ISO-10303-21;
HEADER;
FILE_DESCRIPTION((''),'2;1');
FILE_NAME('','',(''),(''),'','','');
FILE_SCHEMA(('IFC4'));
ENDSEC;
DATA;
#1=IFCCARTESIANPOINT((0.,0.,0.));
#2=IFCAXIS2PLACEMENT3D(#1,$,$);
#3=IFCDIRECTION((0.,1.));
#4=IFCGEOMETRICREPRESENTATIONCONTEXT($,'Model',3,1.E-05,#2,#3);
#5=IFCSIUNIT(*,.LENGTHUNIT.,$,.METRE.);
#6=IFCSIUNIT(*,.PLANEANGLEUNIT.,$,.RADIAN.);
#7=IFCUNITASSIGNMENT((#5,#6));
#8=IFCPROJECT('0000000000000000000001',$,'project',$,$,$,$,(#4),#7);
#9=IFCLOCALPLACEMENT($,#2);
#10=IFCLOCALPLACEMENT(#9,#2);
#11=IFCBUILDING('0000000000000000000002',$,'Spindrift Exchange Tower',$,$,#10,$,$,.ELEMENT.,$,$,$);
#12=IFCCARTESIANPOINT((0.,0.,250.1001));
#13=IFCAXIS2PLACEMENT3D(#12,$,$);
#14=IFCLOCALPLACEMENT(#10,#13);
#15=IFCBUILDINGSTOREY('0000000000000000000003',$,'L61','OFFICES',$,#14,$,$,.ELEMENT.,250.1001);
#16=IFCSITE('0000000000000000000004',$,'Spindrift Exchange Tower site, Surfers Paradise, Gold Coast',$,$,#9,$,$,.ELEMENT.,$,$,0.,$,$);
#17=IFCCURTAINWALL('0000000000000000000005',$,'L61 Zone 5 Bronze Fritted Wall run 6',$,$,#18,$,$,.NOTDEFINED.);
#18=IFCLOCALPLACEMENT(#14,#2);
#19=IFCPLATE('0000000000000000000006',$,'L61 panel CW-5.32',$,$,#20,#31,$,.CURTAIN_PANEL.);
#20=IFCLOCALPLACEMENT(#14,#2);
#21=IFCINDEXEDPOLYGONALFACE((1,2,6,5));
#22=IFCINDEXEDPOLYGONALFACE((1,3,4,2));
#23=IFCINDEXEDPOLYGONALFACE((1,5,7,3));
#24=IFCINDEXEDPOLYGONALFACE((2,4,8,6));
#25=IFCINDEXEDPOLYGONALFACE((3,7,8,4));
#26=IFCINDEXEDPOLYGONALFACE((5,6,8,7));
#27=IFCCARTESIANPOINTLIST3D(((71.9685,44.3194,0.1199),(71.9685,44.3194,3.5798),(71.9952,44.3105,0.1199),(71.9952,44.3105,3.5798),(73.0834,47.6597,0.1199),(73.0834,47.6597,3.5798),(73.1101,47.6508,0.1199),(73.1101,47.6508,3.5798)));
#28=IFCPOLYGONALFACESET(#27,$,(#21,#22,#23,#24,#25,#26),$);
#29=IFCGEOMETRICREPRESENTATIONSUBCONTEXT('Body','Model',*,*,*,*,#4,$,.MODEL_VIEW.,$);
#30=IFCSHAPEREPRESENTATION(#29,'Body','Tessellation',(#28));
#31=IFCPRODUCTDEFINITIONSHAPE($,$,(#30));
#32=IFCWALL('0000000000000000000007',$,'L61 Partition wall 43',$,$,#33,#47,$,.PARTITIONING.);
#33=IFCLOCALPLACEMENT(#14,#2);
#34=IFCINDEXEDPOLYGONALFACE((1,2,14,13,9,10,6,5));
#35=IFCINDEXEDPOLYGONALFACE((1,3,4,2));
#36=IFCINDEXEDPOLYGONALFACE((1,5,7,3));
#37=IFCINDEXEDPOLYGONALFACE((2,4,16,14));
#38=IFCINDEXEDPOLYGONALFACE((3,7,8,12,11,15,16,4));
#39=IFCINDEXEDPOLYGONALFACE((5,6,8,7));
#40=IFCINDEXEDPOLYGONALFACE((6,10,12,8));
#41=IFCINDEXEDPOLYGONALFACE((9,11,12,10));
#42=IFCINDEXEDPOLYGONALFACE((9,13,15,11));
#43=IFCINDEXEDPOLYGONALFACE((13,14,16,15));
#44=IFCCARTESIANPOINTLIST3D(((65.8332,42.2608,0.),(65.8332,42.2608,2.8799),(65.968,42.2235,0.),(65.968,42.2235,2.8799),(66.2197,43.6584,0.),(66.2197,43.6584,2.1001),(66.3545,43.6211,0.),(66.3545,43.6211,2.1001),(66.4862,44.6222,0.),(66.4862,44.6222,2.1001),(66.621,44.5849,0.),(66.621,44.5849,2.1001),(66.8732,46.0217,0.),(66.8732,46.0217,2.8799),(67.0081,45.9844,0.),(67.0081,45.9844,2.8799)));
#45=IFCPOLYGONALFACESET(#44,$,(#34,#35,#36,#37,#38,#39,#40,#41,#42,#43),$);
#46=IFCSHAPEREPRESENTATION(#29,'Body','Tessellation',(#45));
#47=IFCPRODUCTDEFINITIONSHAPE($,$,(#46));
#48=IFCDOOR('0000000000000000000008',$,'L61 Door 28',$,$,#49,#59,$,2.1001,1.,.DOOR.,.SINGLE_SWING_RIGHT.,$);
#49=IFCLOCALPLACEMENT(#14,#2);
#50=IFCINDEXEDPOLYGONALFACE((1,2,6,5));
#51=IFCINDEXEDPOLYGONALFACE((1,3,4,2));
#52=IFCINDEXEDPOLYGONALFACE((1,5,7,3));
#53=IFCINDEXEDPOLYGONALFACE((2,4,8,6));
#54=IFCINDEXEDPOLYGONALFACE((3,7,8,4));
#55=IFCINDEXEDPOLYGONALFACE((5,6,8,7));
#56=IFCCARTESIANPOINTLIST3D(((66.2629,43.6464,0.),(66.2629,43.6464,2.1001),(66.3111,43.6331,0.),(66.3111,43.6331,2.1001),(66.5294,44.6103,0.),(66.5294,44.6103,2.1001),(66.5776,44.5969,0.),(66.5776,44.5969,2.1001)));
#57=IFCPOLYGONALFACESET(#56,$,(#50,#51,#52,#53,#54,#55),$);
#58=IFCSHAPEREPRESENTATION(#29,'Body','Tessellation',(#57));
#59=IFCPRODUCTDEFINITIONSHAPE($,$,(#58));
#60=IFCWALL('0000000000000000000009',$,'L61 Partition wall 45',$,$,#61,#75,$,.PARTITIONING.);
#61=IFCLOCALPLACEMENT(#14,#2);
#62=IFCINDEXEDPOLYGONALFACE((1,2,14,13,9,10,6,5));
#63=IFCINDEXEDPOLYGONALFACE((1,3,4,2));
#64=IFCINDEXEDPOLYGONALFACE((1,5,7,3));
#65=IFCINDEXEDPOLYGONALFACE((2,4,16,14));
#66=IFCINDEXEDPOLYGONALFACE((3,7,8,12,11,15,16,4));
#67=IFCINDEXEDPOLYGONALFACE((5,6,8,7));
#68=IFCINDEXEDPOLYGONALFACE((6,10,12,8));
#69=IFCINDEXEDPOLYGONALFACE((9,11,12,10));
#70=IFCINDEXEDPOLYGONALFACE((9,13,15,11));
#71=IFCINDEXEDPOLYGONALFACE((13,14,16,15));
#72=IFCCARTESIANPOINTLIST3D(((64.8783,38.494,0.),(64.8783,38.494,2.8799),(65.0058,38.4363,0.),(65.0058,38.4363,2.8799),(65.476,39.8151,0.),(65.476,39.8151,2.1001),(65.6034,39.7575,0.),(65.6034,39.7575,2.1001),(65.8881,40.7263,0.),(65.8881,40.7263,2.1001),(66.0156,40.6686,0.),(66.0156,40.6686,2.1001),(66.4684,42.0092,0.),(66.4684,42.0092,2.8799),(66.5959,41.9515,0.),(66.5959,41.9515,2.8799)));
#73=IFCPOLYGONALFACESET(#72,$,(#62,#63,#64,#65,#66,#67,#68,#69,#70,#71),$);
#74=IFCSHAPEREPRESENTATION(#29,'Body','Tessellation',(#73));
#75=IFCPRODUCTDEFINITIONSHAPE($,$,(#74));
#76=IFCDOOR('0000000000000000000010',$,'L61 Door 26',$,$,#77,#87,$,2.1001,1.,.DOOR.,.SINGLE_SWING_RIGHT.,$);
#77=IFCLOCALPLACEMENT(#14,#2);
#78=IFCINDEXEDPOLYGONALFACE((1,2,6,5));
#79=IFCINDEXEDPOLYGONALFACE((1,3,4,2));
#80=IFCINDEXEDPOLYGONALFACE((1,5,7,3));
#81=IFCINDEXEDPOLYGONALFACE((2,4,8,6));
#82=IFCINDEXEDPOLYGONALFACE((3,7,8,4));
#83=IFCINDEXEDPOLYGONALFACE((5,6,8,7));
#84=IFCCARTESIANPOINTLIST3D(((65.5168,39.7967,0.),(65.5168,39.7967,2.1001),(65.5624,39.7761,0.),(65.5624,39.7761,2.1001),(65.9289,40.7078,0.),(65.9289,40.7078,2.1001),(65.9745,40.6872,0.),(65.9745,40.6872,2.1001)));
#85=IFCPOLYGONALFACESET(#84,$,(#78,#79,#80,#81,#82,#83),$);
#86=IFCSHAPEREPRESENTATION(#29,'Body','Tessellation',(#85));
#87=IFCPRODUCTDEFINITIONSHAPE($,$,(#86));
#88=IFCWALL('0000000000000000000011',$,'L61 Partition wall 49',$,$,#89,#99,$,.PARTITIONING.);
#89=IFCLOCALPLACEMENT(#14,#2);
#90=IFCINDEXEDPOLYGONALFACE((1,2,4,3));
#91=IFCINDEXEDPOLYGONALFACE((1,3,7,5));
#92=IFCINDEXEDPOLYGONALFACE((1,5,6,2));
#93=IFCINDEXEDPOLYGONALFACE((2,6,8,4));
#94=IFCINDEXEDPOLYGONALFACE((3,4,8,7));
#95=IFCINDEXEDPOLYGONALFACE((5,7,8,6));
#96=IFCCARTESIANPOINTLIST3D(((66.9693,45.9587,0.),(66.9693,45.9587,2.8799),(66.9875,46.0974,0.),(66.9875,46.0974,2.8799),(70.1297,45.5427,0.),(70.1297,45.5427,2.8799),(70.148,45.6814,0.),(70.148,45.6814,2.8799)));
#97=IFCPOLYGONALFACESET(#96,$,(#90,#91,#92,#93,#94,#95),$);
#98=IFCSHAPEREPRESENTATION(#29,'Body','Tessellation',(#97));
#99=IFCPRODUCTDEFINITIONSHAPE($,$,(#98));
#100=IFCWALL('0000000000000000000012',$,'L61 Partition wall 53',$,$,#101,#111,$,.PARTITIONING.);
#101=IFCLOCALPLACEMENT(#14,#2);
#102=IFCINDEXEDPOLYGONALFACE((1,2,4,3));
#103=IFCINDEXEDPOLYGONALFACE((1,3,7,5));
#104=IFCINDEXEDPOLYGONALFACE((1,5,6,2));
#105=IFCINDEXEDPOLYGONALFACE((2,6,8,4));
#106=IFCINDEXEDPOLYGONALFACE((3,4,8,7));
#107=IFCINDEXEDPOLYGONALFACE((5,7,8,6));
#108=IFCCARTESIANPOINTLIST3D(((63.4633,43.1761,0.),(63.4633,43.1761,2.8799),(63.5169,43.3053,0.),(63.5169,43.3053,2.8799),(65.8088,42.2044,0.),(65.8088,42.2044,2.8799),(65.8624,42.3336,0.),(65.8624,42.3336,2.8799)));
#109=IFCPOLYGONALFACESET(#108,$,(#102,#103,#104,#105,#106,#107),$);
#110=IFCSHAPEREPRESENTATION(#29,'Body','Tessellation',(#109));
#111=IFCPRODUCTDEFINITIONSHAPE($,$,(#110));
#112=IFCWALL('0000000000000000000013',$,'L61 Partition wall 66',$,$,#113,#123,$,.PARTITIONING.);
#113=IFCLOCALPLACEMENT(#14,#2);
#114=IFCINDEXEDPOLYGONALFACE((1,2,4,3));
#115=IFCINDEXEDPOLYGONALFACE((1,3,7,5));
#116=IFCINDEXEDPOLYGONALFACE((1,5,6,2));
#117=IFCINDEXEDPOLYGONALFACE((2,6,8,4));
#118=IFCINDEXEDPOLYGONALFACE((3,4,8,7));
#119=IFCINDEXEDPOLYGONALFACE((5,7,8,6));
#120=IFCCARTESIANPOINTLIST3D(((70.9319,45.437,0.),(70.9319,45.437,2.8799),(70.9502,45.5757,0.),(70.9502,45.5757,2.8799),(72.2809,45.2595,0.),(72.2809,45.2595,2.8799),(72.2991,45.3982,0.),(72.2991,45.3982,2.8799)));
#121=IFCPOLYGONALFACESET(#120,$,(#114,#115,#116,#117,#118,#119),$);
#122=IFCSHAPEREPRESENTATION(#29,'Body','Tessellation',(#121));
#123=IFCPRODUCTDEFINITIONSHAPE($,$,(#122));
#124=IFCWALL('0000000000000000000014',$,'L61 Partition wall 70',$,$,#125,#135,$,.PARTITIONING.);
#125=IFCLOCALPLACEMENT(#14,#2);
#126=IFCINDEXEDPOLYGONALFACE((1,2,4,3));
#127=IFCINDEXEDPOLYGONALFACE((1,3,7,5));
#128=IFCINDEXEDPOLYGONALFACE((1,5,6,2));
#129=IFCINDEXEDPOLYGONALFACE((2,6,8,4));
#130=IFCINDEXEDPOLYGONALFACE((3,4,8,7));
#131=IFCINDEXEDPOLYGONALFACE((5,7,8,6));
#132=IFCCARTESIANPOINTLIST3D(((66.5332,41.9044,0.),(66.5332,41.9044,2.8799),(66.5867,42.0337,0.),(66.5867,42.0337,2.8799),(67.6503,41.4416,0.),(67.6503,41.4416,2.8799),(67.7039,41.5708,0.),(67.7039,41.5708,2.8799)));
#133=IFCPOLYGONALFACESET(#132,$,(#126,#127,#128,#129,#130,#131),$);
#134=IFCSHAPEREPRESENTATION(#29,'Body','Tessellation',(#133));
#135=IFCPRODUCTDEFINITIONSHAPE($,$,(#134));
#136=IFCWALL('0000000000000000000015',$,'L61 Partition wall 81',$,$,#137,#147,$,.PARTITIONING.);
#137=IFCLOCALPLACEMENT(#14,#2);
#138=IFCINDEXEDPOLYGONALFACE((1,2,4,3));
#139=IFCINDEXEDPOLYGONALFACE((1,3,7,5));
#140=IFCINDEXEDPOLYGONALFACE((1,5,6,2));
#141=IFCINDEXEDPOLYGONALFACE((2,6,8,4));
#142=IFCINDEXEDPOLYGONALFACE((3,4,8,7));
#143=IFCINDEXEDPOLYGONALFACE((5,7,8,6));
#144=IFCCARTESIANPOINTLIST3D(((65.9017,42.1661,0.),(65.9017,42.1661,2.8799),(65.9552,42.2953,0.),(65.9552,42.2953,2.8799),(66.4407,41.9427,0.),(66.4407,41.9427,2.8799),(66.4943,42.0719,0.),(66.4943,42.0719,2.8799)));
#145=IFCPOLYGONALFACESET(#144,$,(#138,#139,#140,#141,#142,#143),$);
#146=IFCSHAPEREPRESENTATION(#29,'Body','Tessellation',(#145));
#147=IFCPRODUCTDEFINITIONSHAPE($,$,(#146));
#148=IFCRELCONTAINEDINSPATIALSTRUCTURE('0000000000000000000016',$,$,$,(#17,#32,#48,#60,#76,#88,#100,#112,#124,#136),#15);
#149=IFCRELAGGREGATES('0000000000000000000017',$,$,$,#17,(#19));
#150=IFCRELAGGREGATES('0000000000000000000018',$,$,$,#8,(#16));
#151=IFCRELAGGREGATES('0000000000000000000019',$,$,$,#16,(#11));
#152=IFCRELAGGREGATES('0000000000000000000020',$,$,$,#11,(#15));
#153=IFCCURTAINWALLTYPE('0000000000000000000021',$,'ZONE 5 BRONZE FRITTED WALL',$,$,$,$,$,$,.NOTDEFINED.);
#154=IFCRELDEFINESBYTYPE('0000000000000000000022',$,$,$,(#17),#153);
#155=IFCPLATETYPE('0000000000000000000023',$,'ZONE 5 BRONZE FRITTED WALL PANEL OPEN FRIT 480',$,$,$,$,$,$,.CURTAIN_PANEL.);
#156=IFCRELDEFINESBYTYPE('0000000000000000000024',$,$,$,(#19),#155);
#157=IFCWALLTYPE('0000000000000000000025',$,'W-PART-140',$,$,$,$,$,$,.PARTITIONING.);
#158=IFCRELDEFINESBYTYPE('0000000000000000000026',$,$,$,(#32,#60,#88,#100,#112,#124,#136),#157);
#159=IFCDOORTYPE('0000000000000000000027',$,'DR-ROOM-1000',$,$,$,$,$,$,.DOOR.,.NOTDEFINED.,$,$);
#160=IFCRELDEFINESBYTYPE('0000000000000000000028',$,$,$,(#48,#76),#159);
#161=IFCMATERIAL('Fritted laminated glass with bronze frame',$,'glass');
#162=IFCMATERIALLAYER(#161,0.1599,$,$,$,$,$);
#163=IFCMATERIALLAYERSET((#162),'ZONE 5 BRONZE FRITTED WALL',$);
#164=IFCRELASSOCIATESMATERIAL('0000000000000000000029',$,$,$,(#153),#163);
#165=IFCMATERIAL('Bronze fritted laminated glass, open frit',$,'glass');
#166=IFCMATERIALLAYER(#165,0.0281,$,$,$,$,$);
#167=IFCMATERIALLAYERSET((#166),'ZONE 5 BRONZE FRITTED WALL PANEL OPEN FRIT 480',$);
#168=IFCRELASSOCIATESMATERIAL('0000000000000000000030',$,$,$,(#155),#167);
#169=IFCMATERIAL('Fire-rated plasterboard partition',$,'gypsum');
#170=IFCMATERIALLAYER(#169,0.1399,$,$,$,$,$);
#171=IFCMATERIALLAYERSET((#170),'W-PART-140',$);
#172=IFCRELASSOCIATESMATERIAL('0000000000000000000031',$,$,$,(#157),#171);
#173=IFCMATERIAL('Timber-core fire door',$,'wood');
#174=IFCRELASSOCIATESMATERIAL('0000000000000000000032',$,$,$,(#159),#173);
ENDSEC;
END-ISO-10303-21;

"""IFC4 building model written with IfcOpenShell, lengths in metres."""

from ifc_helpers import new_model, si_unit, direction, frame, frame_2d, origin, origin_2d, place, context, subcontext, project, spatial, rectangle, extrude, source, transform, mapped, material, layer, layer_set, type_object, element, fill, aggregate, save


model = new_model("IFC4")

# Units and contexts
model_context = context("Model", 3, precision=1e-05, world=origin(), true_north=direction((0.0, 1.0)))
body_context = subcontext(model_context, "Body", "Model", "MODEL_VIEW")
ifc_project = project(units=[si_unit("LENGTHUNIT", "METRE"), si_unit("PLANEANGLEUNIT", "RADIAN")], contexts=[model_context])

# Site, building, storey
site_placement = place(None, origin())
site = spatial("IfcSite", under=ifc_project, at=site_placement, Name="Spindrift Exchange Tower site, Surfers Paradise, Gold Coast", CompositionType="ELEMENT", RefElevation=0.0)
building_placement = place(site_placement, origin())
building = spatial("IfcBuilding", under=site, at=building_placement, Name="Spindrift Exchange Tower", CompositionType="ELEMENT")
storey_placement = place(building_placement, frame((0.0, 0.0, 250.1001)))
storey = spatial("IfcBuildingStorey", under=building, at=storey_placement, Name="L61", Description="OFFICES", CompositionType="ELEMENT", Elevation=250.1001)

# Curtain wall, plate
ifc_material_1 = material(Name="Fritted laminated glass with bronze frame", Category="glass")
ifc_layer_1 = layer(ifc_material_1, 0.1599)
ifc_layer_set_1 = layer_set([ifc_layer_1], Name="ZONE 5 BRONZE FRITTED WALL")
curtain_wall_type = type_object("IfcCurtainWallType", Name="ZONE 5 BRONZE FRITTED WALL", PredefinedType="NOTDEFINED", material=ifc_layer_set_1)
curtain_wall_placement = place(storey_placement, origin())
curtain_wall = element("IfcCurtainWall", 1, at=curtain_wall_placement, inside=storey, type_object=curtain_wall_type, Name="L61 Zone 5 Bronze Fritted Wall run 6", PredefinedType="NOTDEFINED")
ifc_material_2 = material(Name="Bronze fritted laminated glass, open frit", Category="glass")
ifc_layer_2 = layer(ifc_material_2, 0.0281)
ifc_layer_set_2 = layer_set([ifc_layer_2], Name="ZONE 5 BRONZE FRITTED WALL PANEL OPEN FRIT 480")
plate_type_1 = type_object("IfcPlateType", Name="ZONE 5 BRONZE FRITTED WALL PANEL OPEN FRIT 480", PredefinedType="CURTAIN_PANEL", material=ifc_layer_set_2)
shared_shape_1 = source(origin(), body_context, "Body", "SweptSolid", [
    extrude(rectangle(XDim=3.5215, YDim=0.0281, at=origin_2d()), origin(), (0.0, 0.0, 1.0), 3.46),
])
plate_1_placement = place(storey_placement, frame((72.5393, 45.9851, 0.1199), z_axis=(0.0, 0.0, 1.0), x_axis=(0.316596, 0.94856, 0.0)))
plate_1 = element("IfcPlate", 2, at=plate_1_placement, type_object=plate_type_1, Name="L61 panel CW-5.32", PredefinedType="CURTAIN_PANEL", context=body_context, shape_type="MappedRepresentation", body=[
    mapped(shared_shape_1, transform((0.0, 0.0, 0.0), scale=1.0)),
])
aggregate(curtain_wall, [plate_1])

# Walls, openings, doors
ifc_material_3 = material(Name="Fire-rated plasterboard partition", Category="gypsum")
ifc_layer_3 = layer(ifc_material_3, 0.1399)
ifc_layer_set_3 = layer_set([ifc_layer_3], Name="W-PART-140")
wall_type = type_object("IfcWallType", Name="W-PART-140", PredefinedType="PARTITIONING", material=ifc_layer_set_3)
wall_1_placement = place(storey_placement, frame((66.9407, 46.0032, 0.0), z_axis=(0.0, 0.0, 1.0), x_axis=(-0.26653, -0.963827, 0.0)))
wall_1 = element("IfcWall", 3, at=wall_1_placement, inside=storey, type_object=wall_type, Name="L61 Partition wall 43", PredefinedType="PARTITIONING", context=body_context, shape_type="SweptSolid", body=[
    extrude(rectangle(XDim=3.9021, YDim=0.1399, at=frame_2d((1.9512, 0.0))), origin(), (0.0, 0.0, 1.0), 2.8799),
])
opening_1_placement = place(wall_1_placement, frame((1.4521, 0.0, 0.0)))
opening_1 = element("IfcOpeningElement", 4, at=opening_1_placement, cuts=wall_1, PredefinedType="OPENING", context=body_context, shape_type="SweptSolid", body=[
    extrude(rectangle(XDim=1.0, YDim=2.1001, at=frame_2d((0.5, 1.05))), frame((0.0, 0.0798, 0.0), z_axis=(0.0, -1.0, 0.0), x_axis=(1.0, 0.0, 0.0)), (0.0, 0.0, 1.0), 0.1599),
])
ifc_material_4 = material(Name="Timber-core fire door", Category="wood")
door_type = type_object("IfcDoorType", Name="DR-ROOM-1000", OperationType="NOTDEFINED", PredefinedType="DOOR", material=ifc_material_4)
shared_shape_2 = source(origin(), body_context, "Body", "SweptSolid", [
    extrude(rectangle(XDim=1.0, YDim=2.1001, at=frame_2d((0.5, 1.05))), frame((0.0, 0.0249, 0.0), z_axis=(0.0, -1.0, 0.0), x_axis=(1.0, 0.0, 0.0)), (0.0, 0.0, 1.0), 0.05),
])
door_1_placement = place(opening_1_placement, origin())
door_1 = element("IfcDoor", 5, at=door_1_placement, inside=storey, type_object=door_type, Name="L61 Door 28", OperationType="SINGLE_SWING_RIGHT", OverallHeight=2.1001, OverallWidth=1.0, PredefinedType="DOOR", context=body_context, shape_type="MappedRepresentation", body=[
    mapped(shared_shape_2, transform((0.0, 0.0, 0.0), scale=1.0)),
])
fill(opening_1, door_1)
wall_2_placement = place(storey_placement, frame((66.5322, 41.9805, 0.0), z_axis=(0.0, 0.0, 1.0), x_axis=(-0.412148, -0.911117, 0.0)))
wall_2 = element("IfcWall", 6, at=wall_2_placement, inside=storey, type_object=wall_type, Name="L61 Partition wall 45", PredefinedType="PARTITIONING", context=body_context, shape_type="SweptSolid", body=[
    extrude(rectangle(XDim=3.8582, YDim=0.1399, at=frame_2d((1.9292, 0.0))), origin(), (0.0, 0.0, 1.0), 2.8799),
])
opening_2_placement = place(wall_2_placement, frame((1.4082, 0.0, 0.0)))
opening_2 = element("IfcOpeningElement", 7, at=opening_2_placement, cuts=wall_2, PredefinedType="OPENING", context=body_context, shape_type="SweptSolid", body=[
    extrude(rectangle(XDim=1.0, YDim=2.1001, at=frame_2d((0.5, 1.05))), frame((0.0, 0.0798, 0.0), z_axis=(0.0, -1.0, 0.0), x_axis=(1.0, 0.0, 0.0)), (0.0, 0.0, 1.0), 0.1599),
])
door_2_placement = place(opening_2_placement, origin())
door_2 = element("IfcDoor", 8, at=door_2_placement, inside=storey, type_object=door_type, Name="L61 Door 26", OperationType="SINGLE_SWING_RIGHT", OverallHeight=2.1001, OverallWidth=1.0, PredefinedType="DOOR", context=body_context, shape_type="MappedRepresentation", body=[
    mapped(shared_shape_2, transform((0.0, 0.0, 0.0), scale=1.0)),
])
fill(opening_2, door_2)

# Walls
wall_3_placement = place(storey_placement, frame((66.9785, 46.0281, 0.0), z_axis=(0.0, 0.0, 1.0), x_axis=(0.991447, -0.130508, 0.0)))
element("IfcWall", 9, at=wall_3_placement, inside=storey, type_object=wall_type, Name="L61 Partition wall 49", PredefinedType="PARTITIONING", context=body_context, shape_type="SweptSolid", body=[
    extrude(rectangle(XDim=3.1877, YDim=0.1399, at=frame_2d((1.5938, 0.0))), origin(), (0.0, 0.0, 1.0), 2.8799),
])
wall_4_placement = place(storey_placement, frame((63.49, 43.2407, 0.0), z_axis=(0.0, 0.0, 1.0), x_axis=(0.923857, -0.382737, 0.0)))
element("IfcWall", 10, at=wall_4_placement, inside=storey, type_object=wall_type, Name="L61 Partition wall 53", PredefinedType="PARTITIONING", context=body_context, shape_type="SweptSolid", body=[
    extrude(rectangle(XDim=2.5388, YDim=0.1399, at=frame_2d((1.2695, 0.0))), origin(), (0.0, 0.0, 1.0), 2.8799),
])
wall_5_placement = place(storey_placement, frame((70.9412, 45.5063, 0.0), z_axis=(0.0, 0.0, 1.0), x_axis=(0.991454, -0.130459, 0.0)))
element("IfcWall", 11, at=wall_5_placement, inside=storey, type_object=wall_type, Name="L61 Partition wall 66", PredefinedType="PARTITIONING", context=body_context, shape_type="SweptSolid", body=[
    extrude(rectangle(XDim=1.3606, YDim=0.1399, at=frame_2d((0.6802, 0.0))), origin(), (0.0, 0.0, 1.0), 2.8799),
])
wall_6_placement = place(storey_placement, frame((66.5601, 41.969, 0.0), z_axis=(0.0, 0.0, 1.0), x_axis=(0.92384, -0.38278, 0.0)))
element("IfcWall", 12, at=wall_6_placement, inside=storey, type_object=wall_type, Name="L61 Partition wall 70", PredefinedType="PARTITIONING", context=body_context, shape_type="SweptSolid", body=[
    extrude(rectangle(XDim=1.2092, YDim=0.1399, at=frame_2d((0.6045, 0.0))), origin(), (0.0, 0.0, 1.0), 2.8799),
])
wall_7_placement = place(storey_placement, frame((65.9285, 42.2307, 0.0), z_axis=(0.0, 0.0, 1.0), x_axis=(0.923818, -0.382832, 0.0)))
element("IfcWall", 13, at=wall_7_placement, inside=storey, type_object=wall_type, Name="L61 Partition wall 81", PredefinedType="PARTITIONING", context=body_context, shape_type="SweptSolid", body=[
    extrude(rectangle(XDim=0.5835, YDim=0.1399, at=frame_2d((0.2917, 0.0))), origin(), (0.0, 0.0, 1.0), 2.8799),
])

save(model, "model.ifc")
